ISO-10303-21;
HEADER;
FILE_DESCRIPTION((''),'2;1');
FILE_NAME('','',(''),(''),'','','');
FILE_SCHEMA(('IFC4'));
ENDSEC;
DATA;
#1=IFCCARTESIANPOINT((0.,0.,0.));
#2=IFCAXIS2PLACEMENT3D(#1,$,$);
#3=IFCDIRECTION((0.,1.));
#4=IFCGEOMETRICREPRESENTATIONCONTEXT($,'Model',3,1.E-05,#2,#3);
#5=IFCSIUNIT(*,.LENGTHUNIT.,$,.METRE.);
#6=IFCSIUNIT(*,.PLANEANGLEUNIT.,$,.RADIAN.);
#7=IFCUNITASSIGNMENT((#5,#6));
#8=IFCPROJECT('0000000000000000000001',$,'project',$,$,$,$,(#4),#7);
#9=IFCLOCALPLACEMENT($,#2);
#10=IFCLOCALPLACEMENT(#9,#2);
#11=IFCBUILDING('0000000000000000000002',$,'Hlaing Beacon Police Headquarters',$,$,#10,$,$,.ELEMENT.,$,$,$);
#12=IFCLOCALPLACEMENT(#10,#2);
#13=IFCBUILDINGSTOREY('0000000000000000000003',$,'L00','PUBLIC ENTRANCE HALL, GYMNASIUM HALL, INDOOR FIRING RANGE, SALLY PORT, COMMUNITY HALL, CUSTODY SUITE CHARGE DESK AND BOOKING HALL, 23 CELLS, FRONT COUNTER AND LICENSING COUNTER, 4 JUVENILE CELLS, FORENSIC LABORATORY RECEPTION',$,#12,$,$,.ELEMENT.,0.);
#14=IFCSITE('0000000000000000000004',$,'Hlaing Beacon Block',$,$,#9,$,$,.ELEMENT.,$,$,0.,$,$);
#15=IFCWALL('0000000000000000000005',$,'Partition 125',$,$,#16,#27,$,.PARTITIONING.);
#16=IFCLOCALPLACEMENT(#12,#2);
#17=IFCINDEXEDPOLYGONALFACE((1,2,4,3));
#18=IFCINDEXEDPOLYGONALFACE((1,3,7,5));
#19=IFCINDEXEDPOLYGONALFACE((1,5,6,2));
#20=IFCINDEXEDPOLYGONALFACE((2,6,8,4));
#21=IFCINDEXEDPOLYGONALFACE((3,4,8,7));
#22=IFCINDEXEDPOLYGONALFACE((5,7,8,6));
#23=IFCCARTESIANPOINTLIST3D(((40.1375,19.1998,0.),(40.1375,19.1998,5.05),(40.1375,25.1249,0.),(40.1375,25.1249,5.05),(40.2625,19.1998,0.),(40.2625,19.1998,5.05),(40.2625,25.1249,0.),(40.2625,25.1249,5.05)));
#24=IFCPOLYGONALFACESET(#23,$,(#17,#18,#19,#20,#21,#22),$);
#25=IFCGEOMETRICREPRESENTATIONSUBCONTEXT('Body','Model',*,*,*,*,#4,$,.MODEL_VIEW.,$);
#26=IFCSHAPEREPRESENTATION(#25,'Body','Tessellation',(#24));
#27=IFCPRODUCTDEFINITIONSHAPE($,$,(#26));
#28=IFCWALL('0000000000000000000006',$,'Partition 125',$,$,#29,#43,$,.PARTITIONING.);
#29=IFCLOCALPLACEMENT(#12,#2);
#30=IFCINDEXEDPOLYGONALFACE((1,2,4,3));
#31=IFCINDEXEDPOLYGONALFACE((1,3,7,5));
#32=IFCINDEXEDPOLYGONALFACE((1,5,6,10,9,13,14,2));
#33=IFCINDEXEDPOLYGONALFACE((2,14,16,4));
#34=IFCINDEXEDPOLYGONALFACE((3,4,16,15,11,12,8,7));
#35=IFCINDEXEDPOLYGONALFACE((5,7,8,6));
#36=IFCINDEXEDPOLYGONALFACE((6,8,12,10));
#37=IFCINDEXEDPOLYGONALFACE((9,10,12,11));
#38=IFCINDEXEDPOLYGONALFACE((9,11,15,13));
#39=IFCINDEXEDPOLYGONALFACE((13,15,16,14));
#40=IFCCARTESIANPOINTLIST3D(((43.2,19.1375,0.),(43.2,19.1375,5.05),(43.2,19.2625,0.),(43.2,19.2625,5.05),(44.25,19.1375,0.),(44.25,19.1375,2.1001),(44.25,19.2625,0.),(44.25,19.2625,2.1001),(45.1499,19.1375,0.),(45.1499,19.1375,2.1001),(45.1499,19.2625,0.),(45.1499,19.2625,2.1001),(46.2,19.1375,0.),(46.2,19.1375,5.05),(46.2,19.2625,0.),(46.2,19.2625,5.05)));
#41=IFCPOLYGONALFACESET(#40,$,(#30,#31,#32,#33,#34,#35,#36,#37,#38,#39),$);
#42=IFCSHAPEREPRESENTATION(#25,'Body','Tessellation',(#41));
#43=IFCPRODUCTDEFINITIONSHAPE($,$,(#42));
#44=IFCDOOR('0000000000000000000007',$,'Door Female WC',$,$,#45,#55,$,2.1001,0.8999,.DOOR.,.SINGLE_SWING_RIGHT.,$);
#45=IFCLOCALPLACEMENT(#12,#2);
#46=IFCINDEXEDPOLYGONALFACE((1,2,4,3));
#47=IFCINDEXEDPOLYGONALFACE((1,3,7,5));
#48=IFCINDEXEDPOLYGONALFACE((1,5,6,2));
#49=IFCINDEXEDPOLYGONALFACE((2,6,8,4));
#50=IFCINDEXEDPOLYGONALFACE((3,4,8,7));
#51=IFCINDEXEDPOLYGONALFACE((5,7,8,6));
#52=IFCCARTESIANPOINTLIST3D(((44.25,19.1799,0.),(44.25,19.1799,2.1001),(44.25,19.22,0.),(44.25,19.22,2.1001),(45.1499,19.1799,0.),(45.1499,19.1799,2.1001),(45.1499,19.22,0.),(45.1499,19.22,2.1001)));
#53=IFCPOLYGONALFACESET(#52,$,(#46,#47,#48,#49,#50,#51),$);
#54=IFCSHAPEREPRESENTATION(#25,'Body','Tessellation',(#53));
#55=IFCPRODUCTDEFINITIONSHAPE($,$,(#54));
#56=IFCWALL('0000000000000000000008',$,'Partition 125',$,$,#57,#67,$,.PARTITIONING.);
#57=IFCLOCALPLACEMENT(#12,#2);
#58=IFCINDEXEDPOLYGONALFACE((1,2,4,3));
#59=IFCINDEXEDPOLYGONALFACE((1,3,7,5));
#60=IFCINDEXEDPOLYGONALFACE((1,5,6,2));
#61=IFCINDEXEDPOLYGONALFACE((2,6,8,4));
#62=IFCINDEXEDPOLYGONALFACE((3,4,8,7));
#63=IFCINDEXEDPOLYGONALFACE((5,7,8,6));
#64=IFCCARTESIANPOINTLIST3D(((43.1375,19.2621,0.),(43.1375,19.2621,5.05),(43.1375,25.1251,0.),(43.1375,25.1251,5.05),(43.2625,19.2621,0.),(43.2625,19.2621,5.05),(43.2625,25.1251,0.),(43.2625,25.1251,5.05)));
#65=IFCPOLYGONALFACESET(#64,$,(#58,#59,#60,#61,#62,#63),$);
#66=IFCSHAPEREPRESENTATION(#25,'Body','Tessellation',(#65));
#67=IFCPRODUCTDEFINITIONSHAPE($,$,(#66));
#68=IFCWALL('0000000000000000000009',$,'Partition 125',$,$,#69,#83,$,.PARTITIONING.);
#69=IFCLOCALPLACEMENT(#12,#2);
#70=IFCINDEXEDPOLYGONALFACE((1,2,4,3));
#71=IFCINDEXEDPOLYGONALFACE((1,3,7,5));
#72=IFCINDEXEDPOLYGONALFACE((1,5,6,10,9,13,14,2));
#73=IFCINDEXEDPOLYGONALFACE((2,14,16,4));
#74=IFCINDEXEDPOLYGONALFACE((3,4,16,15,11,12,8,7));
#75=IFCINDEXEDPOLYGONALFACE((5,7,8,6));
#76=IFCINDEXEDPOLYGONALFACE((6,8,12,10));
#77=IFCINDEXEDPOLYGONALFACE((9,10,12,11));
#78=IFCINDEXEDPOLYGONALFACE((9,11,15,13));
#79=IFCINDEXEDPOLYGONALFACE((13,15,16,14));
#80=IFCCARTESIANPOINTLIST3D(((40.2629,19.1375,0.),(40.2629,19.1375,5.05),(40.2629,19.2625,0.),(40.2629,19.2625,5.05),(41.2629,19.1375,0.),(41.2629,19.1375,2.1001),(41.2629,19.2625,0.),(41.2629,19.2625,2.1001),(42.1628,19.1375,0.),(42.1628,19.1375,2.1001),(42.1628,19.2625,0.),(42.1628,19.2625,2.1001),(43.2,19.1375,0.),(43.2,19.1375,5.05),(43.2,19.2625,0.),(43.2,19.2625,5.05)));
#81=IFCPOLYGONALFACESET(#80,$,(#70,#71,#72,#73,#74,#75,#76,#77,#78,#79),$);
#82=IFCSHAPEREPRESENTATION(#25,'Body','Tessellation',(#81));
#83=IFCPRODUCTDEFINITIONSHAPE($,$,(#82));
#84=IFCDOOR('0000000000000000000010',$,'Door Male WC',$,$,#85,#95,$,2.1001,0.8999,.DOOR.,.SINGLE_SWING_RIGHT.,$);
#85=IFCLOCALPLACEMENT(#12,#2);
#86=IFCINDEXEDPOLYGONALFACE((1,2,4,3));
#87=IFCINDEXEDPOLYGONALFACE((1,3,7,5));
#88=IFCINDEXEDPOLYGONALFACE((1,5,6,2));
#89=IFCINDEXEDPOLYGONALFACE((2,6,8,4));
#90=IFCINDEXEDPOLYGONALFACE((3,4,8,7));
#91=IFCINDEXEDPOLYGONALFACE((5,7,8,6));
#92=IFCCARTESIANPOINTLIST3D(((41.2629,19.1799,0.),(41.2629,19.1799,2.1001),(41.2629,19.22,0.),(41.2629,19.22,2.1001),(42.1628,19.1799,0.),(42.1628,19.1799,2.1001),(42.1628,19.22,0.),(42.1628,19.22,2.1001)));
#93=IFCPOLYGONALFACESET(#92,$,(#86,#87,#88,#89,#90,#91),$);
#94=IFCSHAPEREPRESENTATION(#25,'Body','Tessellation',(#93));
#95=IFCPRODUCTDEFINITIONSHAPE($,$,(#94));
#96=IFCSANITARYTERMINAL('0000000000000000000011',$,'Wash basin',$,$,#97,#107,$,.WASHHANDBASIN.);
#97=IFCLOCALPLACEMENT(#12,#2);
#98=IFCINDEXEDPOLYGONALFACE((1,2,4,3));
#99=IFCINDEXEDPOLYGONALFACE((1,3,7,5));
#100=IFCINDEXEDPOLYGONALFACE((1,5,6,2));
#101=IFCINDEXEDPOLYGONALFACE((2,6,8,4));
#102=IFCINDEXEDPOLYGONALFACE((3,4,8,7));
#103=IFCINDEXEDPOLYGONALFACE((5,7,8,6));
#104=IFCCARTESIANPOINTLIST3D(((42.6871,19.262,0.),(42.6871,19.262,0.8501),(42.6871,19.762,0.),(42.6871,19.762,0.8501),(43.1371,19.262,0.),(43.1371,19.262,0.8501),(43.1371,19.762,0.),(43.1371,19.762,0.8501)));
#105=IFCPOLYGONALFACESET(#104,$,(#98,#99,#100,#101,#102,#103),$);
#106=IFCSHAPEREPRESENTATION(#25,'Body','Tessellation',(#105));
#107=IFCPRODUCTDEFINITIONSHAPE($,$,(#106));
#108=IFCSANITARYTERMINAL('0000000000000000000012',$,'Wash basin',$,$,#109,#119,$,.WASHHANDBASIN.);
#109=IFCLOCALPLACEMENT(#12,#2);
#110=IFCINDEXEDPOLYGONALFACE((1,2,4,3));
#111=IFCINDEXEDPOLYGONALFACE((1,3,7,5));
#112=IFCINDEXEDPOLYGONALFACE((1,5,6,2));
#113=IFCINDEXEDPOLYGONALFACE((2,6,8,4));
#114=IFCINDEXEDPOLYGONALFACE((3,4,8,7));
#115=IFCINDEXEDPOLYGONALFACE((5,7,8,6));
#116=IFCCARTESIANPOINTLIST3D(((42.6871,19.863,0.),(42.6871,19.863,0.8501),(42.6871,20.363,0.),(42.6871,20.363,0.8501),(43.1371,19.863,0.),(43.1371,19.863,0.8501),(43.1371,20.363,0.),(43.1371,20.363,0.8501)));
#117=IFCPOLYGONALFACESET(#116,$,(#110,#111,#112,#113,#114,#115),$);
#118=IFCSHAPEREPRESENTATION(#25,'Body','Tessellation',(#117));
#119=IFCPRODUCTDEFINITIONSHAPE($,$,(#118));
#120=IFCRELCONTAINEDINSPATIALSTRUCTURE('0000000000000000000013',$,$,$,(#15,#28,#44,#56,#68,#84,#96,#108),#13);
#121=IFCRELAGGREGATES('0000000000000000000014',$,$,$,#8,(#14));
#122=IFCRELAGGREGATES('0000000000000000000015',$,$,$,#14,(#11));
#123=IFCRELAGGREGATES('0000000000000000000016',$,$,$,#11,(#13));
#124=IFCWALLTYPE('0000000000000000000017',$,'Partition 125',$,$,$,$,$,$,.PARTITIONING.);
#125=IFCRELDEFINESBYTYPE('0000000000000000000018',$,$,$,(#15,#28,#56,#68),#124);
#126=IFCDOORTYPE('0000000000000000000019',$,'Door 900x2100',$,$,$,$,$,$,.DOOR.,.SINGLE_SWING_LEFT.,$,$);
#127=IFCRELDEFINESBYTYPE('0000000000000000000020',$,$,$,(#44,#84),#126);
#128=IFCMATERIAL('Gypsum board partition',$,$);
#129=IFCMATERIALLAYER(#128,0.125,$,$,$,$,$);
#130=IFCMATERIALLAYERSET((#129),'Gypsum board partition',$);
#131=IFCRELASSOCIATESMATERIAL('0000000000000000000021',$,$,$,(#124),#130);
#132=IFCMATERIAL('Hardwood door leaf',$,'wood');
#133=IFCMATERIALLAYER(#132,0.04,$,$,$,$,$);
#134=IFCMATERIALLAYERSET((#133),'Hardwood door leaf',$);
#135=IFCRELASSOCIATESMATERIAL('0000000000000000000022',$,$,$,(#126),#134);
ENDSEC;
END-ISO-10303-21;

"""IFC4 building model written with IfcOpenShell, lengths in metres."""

from ifc_helpers import new_model, si_unit, direction, frame, frame_2d, origin, origin_2d, place, context, subcontext, project, spatial, rectangle, extrude, material, layer, layer_set, type_object, element, fill, save


model = new_model("IFC4")

# Units and contexts
model_context = context("Model", 3, precision=1e-05, world=origin(), true_north=direction((0.0, 1.0)))
body_context = subcontext(model_context, "Body", "Model", "MODEL_VIEW")
ifc_project = project(units=[si_unit("LENGTHUNIT", "METRE"), si_unit("PLANEANGLEUNIT", "RADIAN")], contexts=[model_context])

# Site, building, storey
site_placement = place(None, origin())
site = spatial("IfcSite", under=ifc_project, at=site_placement, Name="Hlaing Beacon Block", CompositionType="ELEMENT", RefElevation=0.0)
building_placement = place(site_placement, origin())
building = spatial("IfcBuilding", under=site, at=building_placement, Name="Hlaing Beacon Police Headquarters", CompositionType="ELEMENT")
storey_placement = place(building_placement, origin())
storey = spatial("IfcBuildingStorey", under=building, at=storey_placement, Name="L00", Description="PUBLIC ENTRANCE HALL, GYMNASIUM HALL, INDOOR FIRING RANGE, SALLY PORT, COMMUNITY HALL, CUSTODY SUITE CHARGE DESK AND BOOKING HALL, 23 CELLS, FRONT COUNTER AND LICENSING COUNTER, 4 JUVENILE CELLS, FORENSIC LABORATORY RECEPTION", CompositionType="ELEMENT", Elevation=0.0)

# Wall
ifc_material_1 = material(Name="Gypsum board partition")
ifc_layer_1 = layer(ifc_material_1, 0.125)
ifc_layer_set_1 = layer_set([ifc_layer_1], Name="Gypsum board partition")
wall_type_1 = type_object("IfcWallType", Name="Partition 125", PredefinedType="PARTITIONING", material=ifc_layer_set_1)
wall_1_placement = place(storey_placement, frame((40.2, 19.2, 0.0), z_axis=(0.0, 0.0, 1.0), x_axis=(0.0, 1.0, 0.0)))
element("IfcWall", 1, at=wall_1_placement, inside=storey, type_object=wall_type_1, Name="Partition 125", PredefinedType="PARTITIONING", context=body_context, shape_type="SweptSolid", body=[
    extrude(rectangle(XDim=5.925, YDim=0.125, at=frame_2d((2.9624, 0.0))), origin(), (0.0, 0.0, 1.0), 5.05),
])

# Wall, opening, door
wall_2_placement = place(storey_placement, frame((43.2, 19.2, 0.0), z_axis=(0.0, 0.0, 1.0), x_axis=(1.0, 0.0, 0.0)))
wall_2 = element("IfcWall", 2, at=wall_2_placement, inside=storey, type_object=wall_type_1, Name="Partition 125", PredefinedType="PARTITIONING", context=body_context, shape_type="SweptSolid", body=[
    extrude(rectangle(XDim=3.0, YDim=0.125, at=frame_2d((1.5, 0.0))), origin(), (0.0, 0.0, 1.0), 5.05),
])
opening_1_placement = place(wall_2_placement, frame((1.05, 0.0, 0.0)))
opening_1 = element("IfcOpeningElement", 3, at=opening_1_placement, cuts=wall_2, PredefinedType="OPENING", context=body_context, shape_type="SweptSolid", body=[
    extrude(rectangle(XDim=0.8999, YDim=2.1001, at=frame_2d((0.45, 1.05))), frame((0.0, 0.0725, 0.0), z_axis=(0.0, -1.0, 0.0), x_axis=(1.0, 0.0, 0.0)), (0.0, 0.0, 1.0), 0.145),
])
ifc_material_2 = material(Name="Hardwood door leaf", Category="wood")
ifc_layer_2 = layer(ifc_material_2, 0.04)
ifc_layer_set_2 = layer_set([ifc_layer_2], Name="Hardwood door leaf")
door_type_1 = type_object("IfcDoorType", Name="Door 900x2100", OperationType="SINGLE_SWING_LEFT", PredefinedType="DOOR", material=ifc_layer_set_2)
door_1_placement = place(opening_1_placement, origin())
door_1 = element("IfcDoor", 4, at=door_1_placement, inside=storey, type_object=door_type_1, Name="Door Female WC", OperationType="SINGLE_SWING_RIGHT", OverallHeight=2.1001, OverallWidth=0.8999, PredefinedType="DOOR", context=body_context, shape_type="SweptSolid", body=[
    extrude(rectangle(XDim=0.8999, YDim=2.1001, at=frame_2d((0.45, 1.05))), frame((0.0, 0.02, 0.0), z_axis=(0.0, -1.0, 0.0), x_axis=(1.0, 0.0, 0.0)), (0.0, 0.0, 1.0), 0.04),
])
fill(opening_1, door_1)

# Wall
wall_3_placement = place(storey_placement, frame((43.2, 19.262, 0.0), z_axis=(0.0, 0.0, 1.0), x_axis=(0.0, 1.0, 0.0)))
element("IfcWall", 5, at=wall_3_placement, inside=storey, type_object=wall_type_1, Name="Partition 125", PredefinedType="PARTITIONING", context=body_context, shape_type="SweptSolid", body=[
    extrude(rectangle(XDim=5.863, YDim=0.125, at=frame_2d((2.9316, 0.0))), origin(), (0.0, 0.0, 1.0), 5.05),
])

# Wall, opening, door
wall_4_placement = place(storey_placement, frame((40.2629, 19.2, 0.0), z_axis=(0.0, 0.0, 1.0), x_axis=(1.0, 0.0, 0.0)))
wall_4 = element("IfcWall", 6, at=wall_4_placement, inside=storey, type_object=wall_type_1, Name="Partition 125", PredefinedType="PARTITIONING", context=body_context, shape_type="SweptSolid", body=[
    extrude(rectangle(XDim=2.937, YDim=0.125, at=frame_2d((1.4685, 0.0))), origin(), (0.0, 0.0, 1.0), 5.05),
])
opening_2_placement = place(wall_4_placement, frame((1.0, 0.0, 0.0)))
opening_2 = element("IfcOpeningElement", 7, at=opening_2_placement, cuts=wall_4, PredefinedType="OPENING", context=body_context, shape_type="SweptSolid", body=[
    extrude(rectangle(XDim=0.8999, YDim=2.1001, at=frame_2d((0.45, 1.05))), frame((0.0, 0.0725, 0.0), z_axis=(0.0, -1.0, 0.0), x_axis=(1.0, 0.0, 0.0)), (0.0, 0.0, 1.0), 0.145),
])
door_2_placement = place(opening_2_placement, origin())
door_2 = element("IfcDoor", 8, at=door_2_placement, inside=storey, type_object=door_type_1, Name="Door Male WC", OperationType="SINGLE_SWING_RIGHT", OverallHeight=2.1001, OverallWidth=0.8999, PredefinedType="DOOR", context=body_context, shape_type="SweptSolid", body=[
    extrude(rectangle(XDim=0.8999, YDim=2.1001, at=frame_2d((0.45, 1.05))), frame((0.0, 0.02, 0.0), z_axis=(0.0, -1.0, 0.0), x_axis=(1.0, 0.0, 0.0)), (0.0, 0.0, 1.0), 0.04),
])
fill(opening_2, door_2)

# Sanitary terminals
for number, where, z_axis, x_axis, name in (
    (9, (42.9121, 19.512, 0.0), (0.0, 0.0, 1.0), (1.0, 0.0, 0.0), "Wash basin"),
    (10, (42.9121, 20.113, 0.0), (0.0, 0.0, 1.0), (1.0, 0.0, 0.0), "Wash basin"),
):
    element("IfcSanitaryTerminal", number, at=place(storey_placement, frame(where, z_axis=z_axis, x_axis=x_axis)), inside=storey, Name=name, PredefinedType="WASHHANDBASIN", context=body_context, shape_type="SweptSolid", body=[
        extrude(rectangle(XDim=0.45, YDim=0.5, at=origin_2d()), origin(), (0.0, 0.0, 1.0), 0.8501),
    ])

save(model, "model.ifc")
